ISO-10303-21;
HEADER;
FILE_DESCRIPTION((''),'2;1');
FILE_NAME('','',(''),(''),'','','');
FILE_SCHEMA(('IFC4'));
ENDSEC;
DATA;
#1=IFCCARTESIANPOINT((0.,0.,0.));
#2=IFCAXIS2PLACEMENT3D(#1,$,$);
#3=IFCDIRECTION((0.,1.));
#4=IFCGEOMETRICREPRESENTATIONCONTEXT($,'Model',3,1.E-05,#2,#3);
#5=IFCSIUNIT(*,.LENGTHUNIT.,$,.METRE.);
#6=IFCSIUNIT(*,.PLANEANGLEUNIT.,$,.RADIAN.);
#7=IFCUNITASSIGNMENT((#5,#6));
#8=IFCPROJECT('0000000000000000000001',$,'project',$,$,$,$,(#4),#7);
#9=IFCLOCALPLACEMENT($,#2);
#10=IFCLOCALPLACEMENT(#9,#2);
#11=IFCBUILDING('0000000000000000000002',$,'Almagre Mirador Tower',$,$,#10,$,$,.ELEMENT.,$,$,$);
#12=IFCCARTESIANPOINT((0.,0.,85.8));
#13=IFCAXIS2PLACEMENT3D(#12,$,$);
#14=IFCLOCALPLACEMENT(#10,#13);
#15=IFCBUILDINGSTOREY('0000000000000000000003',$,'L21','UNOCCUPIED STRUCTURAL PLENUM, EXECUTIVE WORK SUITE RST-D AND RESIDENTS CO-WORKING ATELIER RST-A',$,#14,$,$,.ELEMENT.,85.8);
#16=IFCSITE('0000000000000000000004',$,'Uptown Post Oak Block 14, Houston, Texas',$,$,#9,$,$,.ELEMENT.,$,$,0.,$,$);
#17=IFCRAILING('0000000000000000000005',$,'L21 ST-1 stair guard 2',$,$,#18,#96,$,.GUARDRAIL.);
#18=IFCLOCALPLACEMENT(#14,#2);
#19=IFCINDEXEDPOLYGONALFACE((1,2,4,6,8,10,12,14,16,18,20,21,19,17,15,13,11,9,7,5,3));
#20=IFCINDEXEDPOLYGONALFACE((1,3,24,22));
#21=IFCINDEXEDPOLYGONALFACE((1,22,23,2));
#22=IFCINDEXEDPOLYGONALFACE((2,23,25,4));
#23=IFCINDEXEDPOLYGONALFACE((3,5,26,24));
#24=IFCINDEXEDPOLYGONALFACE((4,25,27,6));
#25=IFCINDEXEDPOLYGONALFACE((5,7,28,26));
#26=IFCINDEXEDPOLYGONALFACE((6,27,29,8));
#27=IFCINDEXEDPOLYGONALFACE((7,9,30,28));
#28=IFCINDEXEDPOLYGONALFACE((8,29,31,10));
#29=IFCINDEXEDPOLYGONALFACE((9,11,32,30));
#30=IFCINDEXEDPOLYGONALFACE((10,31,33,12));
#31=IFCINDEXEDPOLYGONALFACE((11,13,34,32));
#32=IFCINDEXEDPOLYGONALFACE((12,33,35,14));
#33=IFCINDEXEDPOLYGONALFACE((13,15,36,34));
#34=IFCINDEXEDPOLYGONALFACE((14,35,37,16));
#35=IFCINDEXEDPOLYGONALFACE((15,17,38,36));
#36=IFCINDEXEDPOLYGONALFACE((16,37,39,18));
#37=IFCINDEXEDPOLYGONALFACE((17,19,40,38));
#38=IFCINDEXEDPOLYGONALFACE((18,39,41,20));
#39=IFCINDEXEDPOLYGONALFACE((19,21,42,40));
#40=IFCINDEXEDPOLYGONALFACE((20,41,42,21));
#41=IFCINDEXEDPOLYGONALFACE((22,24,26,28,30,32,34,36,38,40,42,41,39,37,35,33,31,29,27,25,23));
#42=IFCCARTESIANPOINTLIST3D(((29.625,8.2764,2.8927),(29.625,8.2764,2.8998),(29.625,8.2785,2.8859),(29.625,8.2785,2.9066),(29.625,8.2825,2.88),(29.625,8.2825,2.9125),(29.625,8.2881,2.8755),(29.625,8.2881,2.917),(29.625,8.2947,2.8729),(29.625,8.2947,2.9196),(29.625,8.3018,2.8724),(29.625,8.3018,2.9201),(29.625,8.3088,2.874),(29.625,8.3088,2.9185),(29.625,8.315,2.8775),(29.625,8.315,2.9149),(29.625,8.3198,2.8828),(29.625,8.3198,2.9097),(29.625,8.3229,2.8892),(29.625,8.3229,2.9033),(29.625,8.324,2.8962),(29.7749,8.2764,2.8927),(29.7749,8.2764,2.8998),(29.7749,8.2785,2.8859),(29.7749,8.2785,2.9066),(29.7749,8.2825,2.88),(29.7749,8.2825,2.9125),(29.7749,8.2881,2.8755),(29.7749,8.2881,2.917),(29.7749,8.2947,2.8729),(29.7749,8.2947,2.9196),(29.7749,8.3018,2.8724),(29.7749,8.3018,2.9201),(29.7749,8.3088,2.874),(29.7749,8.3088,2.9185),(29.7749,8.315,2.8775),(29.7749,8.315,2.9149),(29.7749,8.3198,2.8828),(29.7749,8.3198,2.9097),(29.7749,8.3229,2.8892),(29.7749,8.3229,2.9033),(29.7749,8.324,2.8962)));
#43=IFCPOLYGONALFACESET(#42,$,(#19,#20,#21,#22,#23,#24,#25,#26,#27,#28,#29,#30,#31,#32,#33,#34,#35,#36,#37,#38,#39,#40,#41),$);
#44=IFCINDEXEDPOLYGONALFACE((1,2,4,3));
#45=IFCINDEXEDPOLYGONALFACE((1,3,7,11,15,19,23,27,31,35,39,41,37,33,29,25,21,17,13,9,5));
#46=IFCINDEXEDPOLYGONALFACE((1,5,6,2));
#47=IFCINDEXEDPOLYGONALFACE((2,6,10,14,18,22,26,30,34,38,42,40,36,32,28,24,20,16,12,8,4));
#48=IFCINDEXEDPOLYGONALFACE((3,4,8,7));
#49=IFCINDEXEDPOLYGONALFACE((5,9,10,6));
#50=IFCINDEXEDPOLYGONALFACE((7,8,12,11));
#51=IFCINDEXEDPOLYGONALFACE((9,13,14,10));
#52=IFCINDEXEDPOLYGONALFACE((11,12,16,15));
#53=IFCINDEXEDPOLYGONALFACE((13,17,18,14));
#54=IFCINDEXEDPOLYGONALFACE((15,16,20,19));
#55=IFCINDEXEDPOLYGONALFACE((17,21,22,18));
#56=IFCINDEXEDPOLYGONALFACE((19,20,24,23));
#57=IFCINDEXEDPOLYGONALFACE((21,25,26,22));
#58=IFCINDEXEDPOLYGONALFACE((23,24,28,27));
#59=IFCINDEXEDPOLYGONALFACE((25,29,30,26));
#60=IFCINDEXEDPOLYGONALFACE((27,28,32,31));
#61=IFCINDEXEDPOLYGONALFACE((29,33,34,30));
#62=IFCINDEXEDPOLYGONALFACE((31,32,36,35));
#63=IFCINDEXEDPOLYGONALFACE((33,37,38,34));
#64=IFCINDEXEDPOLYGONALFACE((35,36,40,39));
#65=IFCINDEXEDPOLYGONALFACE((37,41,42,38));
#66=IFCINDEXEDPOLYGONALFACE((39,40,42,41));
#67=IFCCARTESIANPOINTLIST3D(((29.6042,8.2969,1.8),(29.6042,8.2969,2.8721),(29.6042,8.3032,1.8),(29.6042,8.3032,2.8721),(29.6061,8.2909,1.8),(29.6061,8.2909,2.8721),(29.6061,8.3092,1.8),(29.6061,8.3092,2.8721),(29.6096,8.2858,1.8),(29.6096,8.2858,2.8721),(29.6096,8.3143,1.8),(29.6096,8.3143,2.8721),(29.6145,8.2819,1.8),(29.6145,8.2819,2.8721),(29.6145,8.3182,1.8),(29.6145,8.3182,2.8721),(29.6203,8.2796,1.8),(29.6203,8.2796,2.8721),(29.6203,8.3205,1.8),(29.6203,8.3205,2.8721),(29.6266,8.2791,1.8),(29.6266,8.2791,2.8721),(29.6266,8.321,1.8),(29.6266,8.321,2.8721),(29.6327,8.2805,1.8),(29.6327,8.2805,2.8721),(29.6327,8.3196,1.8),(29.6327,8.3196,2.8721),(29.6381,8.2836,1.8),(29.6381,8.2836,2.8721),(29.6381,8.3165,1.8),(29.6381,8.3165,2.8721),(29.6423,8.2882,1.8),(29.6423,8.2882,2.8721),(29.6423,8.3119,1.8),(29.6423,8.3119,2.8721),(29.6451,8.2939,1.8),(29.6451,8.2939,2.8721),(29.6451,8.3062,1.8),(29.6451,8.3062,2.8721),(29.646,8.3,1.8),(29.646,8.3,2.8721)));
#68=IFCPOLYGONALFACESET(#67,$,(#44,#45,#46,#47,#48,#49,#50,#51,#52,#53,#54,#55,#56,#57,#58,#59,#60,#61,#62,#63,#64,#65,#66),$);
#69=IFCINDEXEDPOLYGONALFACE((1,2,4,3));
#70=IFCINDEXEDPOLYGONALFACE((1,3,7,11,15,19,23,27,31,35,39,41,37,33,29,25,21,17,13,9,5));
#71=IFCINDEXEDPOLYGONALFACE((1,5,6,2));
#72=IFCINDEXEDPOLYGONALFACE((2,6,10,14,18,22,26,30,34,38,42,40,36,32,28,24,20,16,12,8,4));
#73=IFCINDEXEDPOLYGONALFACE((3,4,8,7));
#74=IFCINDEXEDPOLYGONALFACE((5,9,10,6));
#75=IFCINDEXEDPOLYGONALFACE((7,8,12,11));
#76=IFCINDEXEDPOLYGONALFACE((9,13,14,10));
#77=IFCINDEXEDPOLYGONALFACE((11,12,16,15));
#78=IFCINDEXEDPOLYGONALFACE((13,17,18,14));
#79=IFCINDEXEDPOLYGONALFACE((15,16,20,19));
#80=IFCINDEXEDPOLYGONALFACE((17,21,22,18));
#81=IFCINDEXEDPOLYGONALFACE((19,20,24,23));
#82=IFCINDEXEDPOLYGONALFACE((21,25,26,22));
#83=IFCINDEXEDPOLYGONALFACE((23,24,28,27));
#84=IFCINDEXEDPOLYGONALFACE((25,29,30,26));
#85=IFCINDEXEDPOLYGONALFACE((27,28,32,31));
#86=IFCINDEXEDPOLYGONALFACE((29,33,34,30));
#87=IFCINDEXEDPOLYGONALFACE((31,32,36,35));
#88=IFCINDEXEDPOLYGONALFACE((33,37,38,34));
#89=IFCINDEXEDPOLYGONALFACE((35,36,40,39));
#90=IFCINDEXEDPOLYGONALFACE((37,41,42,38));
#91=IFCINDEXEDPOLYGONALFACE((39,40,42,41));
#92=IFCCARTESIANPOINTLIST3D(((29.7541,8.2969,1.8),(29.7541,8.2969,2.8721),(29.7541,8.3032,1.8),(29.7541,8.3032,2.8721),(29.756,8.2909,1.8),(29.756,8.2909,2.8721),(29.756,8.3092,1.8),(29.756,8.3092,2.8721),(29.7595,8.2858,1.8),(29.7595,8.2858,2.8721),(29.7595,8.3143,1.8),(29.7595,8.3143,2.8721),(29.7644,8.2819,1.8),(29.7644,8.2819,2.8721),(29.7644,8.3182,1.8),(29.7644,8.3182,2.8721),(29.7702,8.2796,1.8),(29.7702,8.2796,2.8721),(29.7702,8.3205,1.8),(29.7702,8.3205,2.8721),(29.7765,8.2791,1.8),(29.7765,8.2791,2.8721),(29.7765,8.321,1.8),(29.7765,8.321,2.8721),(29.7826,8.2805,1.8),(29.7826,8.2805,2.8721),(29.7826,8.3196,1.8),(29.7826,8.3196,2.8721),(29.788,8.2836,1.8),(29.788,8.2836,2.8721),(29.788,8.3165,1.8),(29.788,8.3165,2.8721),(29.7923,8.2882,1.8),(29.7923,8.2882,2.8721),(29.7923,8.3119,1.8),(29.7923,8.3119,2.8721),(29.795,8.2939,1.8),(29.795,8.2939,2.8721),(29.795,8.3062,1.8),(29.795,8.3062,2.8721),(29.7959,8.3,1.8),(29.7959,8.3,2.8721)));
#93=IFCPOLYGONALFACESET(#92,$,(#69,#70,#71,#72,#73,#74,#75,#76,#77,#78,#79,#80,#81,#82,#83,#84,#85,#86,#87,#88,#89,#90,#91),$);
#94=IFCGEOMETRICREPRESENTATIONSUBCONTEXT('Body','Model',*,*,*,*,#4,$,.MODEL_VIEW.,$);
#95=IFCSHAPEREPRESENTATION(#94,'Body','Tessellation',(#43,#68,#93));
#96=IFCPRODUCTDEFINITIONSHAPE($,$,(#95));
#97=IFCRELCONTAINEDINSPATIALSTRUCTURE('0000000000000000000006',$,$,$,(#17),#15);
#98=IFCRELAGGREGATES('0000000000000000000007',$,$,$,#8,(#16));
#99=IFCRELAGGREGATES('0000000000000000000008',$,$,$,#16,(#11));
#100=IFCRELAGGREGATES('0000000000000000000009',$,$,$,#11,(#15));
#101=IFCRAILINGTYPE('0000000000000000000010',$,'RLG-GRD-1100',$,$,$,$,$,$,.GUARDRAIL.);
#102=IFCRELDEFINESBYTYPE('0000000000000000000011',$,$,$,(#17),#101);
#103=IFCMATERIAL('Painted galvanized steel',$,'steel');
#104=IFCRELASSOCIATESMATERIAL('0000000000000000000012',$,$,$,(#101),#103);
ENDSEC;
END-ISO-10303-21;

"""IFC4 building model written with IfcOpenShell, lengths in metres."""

from ifc_helpers import new_model, si_unit, direction, frame, origin, origin_2d, place, context, subcontext, project, spatial, circle, extrude, material, type_object, element, save


model = new_model("IFC4")

# Units and contexts
model_context = context("Model", 3, precision=1e-05, world=origin(), true_north=direction((0.0, 1.0)))
body_context = subcontext(model_context, "Body", "Model", "MODEL_VIEW")
ifc_project = project(units=[si_unit("LENGTHUNIT", "METRE"), si_unit("PLANEANGLEUNIT", "RADIAN")], contexts=[model_context])

# Site, building, storey
site_placement = place(None, origin())
site = spatial("IfcSite", under=ifc_project, at=site_placement, Name="Uptown Post Oak Block 14, Houston, Texas", CompositionType="ELEMENT", RefElevation=0.0)
building_placement = place(site_placement, origin())
building = spatial("IfcBuilding", under=site, at=building_placement, Name="Almagre Mirador Tower", CompositionType="ELEMENT")
storey_placement = place(building_placement, frame((0.0, 0.0, 85.8)))
storey = spatial("IfcBuildingStorey", under=building, at=storey_placement, Name="L21", Description="UNOCCUPIED STRUCTURAL PLENUM, EXECUTIVE WORK SUITE RST-D AND RESIDENTS CO-WORKING ATELIER RST-A", CompositionType="ELEMENT", Elevation=85.8)

# Railing
ifc_material_1 = material(Name="Painted galvanized steel", Category="steel")
railing_type_1 = type_object("IfcRailingType", Name="RLG-GRD-1100", PredefinedType="GUARDRAIL", material=ifc_material_1)
railing_1_placement = place(storey_placement, frame((29.625, 8.3, 1.8)))
element("IfcRailing", 1, at=railing_1_placement, inside=storey, type_object=railing_type_1, Name="L21 ST-1 stair guard 2", PredefinedType="GUARDRAIL", context=body_context, shape_type="SweptSolid", body=[
    extrude(circle(Radius=0.0239, at=origin_2d()), frame((0.0, 0.0, 1.0962), z_axis=(1.0, 0.0, 0.0), x_axis=(0.0, 1.0, 0.0)), (0.0, 0.0, 1.0), 0.1499),
    extrude(circle(Radius=0.021, at=origin_2d()), origin(), (0.0, 0.0, 1.0), 1.072),
    extrude(circle(Radius=0.021, at=origin_2d()), frame((0.1499, 0.0, 0.0)), (0.0, 0.0, 1.0), 1.072),
])

save(model, "model.ifc")
